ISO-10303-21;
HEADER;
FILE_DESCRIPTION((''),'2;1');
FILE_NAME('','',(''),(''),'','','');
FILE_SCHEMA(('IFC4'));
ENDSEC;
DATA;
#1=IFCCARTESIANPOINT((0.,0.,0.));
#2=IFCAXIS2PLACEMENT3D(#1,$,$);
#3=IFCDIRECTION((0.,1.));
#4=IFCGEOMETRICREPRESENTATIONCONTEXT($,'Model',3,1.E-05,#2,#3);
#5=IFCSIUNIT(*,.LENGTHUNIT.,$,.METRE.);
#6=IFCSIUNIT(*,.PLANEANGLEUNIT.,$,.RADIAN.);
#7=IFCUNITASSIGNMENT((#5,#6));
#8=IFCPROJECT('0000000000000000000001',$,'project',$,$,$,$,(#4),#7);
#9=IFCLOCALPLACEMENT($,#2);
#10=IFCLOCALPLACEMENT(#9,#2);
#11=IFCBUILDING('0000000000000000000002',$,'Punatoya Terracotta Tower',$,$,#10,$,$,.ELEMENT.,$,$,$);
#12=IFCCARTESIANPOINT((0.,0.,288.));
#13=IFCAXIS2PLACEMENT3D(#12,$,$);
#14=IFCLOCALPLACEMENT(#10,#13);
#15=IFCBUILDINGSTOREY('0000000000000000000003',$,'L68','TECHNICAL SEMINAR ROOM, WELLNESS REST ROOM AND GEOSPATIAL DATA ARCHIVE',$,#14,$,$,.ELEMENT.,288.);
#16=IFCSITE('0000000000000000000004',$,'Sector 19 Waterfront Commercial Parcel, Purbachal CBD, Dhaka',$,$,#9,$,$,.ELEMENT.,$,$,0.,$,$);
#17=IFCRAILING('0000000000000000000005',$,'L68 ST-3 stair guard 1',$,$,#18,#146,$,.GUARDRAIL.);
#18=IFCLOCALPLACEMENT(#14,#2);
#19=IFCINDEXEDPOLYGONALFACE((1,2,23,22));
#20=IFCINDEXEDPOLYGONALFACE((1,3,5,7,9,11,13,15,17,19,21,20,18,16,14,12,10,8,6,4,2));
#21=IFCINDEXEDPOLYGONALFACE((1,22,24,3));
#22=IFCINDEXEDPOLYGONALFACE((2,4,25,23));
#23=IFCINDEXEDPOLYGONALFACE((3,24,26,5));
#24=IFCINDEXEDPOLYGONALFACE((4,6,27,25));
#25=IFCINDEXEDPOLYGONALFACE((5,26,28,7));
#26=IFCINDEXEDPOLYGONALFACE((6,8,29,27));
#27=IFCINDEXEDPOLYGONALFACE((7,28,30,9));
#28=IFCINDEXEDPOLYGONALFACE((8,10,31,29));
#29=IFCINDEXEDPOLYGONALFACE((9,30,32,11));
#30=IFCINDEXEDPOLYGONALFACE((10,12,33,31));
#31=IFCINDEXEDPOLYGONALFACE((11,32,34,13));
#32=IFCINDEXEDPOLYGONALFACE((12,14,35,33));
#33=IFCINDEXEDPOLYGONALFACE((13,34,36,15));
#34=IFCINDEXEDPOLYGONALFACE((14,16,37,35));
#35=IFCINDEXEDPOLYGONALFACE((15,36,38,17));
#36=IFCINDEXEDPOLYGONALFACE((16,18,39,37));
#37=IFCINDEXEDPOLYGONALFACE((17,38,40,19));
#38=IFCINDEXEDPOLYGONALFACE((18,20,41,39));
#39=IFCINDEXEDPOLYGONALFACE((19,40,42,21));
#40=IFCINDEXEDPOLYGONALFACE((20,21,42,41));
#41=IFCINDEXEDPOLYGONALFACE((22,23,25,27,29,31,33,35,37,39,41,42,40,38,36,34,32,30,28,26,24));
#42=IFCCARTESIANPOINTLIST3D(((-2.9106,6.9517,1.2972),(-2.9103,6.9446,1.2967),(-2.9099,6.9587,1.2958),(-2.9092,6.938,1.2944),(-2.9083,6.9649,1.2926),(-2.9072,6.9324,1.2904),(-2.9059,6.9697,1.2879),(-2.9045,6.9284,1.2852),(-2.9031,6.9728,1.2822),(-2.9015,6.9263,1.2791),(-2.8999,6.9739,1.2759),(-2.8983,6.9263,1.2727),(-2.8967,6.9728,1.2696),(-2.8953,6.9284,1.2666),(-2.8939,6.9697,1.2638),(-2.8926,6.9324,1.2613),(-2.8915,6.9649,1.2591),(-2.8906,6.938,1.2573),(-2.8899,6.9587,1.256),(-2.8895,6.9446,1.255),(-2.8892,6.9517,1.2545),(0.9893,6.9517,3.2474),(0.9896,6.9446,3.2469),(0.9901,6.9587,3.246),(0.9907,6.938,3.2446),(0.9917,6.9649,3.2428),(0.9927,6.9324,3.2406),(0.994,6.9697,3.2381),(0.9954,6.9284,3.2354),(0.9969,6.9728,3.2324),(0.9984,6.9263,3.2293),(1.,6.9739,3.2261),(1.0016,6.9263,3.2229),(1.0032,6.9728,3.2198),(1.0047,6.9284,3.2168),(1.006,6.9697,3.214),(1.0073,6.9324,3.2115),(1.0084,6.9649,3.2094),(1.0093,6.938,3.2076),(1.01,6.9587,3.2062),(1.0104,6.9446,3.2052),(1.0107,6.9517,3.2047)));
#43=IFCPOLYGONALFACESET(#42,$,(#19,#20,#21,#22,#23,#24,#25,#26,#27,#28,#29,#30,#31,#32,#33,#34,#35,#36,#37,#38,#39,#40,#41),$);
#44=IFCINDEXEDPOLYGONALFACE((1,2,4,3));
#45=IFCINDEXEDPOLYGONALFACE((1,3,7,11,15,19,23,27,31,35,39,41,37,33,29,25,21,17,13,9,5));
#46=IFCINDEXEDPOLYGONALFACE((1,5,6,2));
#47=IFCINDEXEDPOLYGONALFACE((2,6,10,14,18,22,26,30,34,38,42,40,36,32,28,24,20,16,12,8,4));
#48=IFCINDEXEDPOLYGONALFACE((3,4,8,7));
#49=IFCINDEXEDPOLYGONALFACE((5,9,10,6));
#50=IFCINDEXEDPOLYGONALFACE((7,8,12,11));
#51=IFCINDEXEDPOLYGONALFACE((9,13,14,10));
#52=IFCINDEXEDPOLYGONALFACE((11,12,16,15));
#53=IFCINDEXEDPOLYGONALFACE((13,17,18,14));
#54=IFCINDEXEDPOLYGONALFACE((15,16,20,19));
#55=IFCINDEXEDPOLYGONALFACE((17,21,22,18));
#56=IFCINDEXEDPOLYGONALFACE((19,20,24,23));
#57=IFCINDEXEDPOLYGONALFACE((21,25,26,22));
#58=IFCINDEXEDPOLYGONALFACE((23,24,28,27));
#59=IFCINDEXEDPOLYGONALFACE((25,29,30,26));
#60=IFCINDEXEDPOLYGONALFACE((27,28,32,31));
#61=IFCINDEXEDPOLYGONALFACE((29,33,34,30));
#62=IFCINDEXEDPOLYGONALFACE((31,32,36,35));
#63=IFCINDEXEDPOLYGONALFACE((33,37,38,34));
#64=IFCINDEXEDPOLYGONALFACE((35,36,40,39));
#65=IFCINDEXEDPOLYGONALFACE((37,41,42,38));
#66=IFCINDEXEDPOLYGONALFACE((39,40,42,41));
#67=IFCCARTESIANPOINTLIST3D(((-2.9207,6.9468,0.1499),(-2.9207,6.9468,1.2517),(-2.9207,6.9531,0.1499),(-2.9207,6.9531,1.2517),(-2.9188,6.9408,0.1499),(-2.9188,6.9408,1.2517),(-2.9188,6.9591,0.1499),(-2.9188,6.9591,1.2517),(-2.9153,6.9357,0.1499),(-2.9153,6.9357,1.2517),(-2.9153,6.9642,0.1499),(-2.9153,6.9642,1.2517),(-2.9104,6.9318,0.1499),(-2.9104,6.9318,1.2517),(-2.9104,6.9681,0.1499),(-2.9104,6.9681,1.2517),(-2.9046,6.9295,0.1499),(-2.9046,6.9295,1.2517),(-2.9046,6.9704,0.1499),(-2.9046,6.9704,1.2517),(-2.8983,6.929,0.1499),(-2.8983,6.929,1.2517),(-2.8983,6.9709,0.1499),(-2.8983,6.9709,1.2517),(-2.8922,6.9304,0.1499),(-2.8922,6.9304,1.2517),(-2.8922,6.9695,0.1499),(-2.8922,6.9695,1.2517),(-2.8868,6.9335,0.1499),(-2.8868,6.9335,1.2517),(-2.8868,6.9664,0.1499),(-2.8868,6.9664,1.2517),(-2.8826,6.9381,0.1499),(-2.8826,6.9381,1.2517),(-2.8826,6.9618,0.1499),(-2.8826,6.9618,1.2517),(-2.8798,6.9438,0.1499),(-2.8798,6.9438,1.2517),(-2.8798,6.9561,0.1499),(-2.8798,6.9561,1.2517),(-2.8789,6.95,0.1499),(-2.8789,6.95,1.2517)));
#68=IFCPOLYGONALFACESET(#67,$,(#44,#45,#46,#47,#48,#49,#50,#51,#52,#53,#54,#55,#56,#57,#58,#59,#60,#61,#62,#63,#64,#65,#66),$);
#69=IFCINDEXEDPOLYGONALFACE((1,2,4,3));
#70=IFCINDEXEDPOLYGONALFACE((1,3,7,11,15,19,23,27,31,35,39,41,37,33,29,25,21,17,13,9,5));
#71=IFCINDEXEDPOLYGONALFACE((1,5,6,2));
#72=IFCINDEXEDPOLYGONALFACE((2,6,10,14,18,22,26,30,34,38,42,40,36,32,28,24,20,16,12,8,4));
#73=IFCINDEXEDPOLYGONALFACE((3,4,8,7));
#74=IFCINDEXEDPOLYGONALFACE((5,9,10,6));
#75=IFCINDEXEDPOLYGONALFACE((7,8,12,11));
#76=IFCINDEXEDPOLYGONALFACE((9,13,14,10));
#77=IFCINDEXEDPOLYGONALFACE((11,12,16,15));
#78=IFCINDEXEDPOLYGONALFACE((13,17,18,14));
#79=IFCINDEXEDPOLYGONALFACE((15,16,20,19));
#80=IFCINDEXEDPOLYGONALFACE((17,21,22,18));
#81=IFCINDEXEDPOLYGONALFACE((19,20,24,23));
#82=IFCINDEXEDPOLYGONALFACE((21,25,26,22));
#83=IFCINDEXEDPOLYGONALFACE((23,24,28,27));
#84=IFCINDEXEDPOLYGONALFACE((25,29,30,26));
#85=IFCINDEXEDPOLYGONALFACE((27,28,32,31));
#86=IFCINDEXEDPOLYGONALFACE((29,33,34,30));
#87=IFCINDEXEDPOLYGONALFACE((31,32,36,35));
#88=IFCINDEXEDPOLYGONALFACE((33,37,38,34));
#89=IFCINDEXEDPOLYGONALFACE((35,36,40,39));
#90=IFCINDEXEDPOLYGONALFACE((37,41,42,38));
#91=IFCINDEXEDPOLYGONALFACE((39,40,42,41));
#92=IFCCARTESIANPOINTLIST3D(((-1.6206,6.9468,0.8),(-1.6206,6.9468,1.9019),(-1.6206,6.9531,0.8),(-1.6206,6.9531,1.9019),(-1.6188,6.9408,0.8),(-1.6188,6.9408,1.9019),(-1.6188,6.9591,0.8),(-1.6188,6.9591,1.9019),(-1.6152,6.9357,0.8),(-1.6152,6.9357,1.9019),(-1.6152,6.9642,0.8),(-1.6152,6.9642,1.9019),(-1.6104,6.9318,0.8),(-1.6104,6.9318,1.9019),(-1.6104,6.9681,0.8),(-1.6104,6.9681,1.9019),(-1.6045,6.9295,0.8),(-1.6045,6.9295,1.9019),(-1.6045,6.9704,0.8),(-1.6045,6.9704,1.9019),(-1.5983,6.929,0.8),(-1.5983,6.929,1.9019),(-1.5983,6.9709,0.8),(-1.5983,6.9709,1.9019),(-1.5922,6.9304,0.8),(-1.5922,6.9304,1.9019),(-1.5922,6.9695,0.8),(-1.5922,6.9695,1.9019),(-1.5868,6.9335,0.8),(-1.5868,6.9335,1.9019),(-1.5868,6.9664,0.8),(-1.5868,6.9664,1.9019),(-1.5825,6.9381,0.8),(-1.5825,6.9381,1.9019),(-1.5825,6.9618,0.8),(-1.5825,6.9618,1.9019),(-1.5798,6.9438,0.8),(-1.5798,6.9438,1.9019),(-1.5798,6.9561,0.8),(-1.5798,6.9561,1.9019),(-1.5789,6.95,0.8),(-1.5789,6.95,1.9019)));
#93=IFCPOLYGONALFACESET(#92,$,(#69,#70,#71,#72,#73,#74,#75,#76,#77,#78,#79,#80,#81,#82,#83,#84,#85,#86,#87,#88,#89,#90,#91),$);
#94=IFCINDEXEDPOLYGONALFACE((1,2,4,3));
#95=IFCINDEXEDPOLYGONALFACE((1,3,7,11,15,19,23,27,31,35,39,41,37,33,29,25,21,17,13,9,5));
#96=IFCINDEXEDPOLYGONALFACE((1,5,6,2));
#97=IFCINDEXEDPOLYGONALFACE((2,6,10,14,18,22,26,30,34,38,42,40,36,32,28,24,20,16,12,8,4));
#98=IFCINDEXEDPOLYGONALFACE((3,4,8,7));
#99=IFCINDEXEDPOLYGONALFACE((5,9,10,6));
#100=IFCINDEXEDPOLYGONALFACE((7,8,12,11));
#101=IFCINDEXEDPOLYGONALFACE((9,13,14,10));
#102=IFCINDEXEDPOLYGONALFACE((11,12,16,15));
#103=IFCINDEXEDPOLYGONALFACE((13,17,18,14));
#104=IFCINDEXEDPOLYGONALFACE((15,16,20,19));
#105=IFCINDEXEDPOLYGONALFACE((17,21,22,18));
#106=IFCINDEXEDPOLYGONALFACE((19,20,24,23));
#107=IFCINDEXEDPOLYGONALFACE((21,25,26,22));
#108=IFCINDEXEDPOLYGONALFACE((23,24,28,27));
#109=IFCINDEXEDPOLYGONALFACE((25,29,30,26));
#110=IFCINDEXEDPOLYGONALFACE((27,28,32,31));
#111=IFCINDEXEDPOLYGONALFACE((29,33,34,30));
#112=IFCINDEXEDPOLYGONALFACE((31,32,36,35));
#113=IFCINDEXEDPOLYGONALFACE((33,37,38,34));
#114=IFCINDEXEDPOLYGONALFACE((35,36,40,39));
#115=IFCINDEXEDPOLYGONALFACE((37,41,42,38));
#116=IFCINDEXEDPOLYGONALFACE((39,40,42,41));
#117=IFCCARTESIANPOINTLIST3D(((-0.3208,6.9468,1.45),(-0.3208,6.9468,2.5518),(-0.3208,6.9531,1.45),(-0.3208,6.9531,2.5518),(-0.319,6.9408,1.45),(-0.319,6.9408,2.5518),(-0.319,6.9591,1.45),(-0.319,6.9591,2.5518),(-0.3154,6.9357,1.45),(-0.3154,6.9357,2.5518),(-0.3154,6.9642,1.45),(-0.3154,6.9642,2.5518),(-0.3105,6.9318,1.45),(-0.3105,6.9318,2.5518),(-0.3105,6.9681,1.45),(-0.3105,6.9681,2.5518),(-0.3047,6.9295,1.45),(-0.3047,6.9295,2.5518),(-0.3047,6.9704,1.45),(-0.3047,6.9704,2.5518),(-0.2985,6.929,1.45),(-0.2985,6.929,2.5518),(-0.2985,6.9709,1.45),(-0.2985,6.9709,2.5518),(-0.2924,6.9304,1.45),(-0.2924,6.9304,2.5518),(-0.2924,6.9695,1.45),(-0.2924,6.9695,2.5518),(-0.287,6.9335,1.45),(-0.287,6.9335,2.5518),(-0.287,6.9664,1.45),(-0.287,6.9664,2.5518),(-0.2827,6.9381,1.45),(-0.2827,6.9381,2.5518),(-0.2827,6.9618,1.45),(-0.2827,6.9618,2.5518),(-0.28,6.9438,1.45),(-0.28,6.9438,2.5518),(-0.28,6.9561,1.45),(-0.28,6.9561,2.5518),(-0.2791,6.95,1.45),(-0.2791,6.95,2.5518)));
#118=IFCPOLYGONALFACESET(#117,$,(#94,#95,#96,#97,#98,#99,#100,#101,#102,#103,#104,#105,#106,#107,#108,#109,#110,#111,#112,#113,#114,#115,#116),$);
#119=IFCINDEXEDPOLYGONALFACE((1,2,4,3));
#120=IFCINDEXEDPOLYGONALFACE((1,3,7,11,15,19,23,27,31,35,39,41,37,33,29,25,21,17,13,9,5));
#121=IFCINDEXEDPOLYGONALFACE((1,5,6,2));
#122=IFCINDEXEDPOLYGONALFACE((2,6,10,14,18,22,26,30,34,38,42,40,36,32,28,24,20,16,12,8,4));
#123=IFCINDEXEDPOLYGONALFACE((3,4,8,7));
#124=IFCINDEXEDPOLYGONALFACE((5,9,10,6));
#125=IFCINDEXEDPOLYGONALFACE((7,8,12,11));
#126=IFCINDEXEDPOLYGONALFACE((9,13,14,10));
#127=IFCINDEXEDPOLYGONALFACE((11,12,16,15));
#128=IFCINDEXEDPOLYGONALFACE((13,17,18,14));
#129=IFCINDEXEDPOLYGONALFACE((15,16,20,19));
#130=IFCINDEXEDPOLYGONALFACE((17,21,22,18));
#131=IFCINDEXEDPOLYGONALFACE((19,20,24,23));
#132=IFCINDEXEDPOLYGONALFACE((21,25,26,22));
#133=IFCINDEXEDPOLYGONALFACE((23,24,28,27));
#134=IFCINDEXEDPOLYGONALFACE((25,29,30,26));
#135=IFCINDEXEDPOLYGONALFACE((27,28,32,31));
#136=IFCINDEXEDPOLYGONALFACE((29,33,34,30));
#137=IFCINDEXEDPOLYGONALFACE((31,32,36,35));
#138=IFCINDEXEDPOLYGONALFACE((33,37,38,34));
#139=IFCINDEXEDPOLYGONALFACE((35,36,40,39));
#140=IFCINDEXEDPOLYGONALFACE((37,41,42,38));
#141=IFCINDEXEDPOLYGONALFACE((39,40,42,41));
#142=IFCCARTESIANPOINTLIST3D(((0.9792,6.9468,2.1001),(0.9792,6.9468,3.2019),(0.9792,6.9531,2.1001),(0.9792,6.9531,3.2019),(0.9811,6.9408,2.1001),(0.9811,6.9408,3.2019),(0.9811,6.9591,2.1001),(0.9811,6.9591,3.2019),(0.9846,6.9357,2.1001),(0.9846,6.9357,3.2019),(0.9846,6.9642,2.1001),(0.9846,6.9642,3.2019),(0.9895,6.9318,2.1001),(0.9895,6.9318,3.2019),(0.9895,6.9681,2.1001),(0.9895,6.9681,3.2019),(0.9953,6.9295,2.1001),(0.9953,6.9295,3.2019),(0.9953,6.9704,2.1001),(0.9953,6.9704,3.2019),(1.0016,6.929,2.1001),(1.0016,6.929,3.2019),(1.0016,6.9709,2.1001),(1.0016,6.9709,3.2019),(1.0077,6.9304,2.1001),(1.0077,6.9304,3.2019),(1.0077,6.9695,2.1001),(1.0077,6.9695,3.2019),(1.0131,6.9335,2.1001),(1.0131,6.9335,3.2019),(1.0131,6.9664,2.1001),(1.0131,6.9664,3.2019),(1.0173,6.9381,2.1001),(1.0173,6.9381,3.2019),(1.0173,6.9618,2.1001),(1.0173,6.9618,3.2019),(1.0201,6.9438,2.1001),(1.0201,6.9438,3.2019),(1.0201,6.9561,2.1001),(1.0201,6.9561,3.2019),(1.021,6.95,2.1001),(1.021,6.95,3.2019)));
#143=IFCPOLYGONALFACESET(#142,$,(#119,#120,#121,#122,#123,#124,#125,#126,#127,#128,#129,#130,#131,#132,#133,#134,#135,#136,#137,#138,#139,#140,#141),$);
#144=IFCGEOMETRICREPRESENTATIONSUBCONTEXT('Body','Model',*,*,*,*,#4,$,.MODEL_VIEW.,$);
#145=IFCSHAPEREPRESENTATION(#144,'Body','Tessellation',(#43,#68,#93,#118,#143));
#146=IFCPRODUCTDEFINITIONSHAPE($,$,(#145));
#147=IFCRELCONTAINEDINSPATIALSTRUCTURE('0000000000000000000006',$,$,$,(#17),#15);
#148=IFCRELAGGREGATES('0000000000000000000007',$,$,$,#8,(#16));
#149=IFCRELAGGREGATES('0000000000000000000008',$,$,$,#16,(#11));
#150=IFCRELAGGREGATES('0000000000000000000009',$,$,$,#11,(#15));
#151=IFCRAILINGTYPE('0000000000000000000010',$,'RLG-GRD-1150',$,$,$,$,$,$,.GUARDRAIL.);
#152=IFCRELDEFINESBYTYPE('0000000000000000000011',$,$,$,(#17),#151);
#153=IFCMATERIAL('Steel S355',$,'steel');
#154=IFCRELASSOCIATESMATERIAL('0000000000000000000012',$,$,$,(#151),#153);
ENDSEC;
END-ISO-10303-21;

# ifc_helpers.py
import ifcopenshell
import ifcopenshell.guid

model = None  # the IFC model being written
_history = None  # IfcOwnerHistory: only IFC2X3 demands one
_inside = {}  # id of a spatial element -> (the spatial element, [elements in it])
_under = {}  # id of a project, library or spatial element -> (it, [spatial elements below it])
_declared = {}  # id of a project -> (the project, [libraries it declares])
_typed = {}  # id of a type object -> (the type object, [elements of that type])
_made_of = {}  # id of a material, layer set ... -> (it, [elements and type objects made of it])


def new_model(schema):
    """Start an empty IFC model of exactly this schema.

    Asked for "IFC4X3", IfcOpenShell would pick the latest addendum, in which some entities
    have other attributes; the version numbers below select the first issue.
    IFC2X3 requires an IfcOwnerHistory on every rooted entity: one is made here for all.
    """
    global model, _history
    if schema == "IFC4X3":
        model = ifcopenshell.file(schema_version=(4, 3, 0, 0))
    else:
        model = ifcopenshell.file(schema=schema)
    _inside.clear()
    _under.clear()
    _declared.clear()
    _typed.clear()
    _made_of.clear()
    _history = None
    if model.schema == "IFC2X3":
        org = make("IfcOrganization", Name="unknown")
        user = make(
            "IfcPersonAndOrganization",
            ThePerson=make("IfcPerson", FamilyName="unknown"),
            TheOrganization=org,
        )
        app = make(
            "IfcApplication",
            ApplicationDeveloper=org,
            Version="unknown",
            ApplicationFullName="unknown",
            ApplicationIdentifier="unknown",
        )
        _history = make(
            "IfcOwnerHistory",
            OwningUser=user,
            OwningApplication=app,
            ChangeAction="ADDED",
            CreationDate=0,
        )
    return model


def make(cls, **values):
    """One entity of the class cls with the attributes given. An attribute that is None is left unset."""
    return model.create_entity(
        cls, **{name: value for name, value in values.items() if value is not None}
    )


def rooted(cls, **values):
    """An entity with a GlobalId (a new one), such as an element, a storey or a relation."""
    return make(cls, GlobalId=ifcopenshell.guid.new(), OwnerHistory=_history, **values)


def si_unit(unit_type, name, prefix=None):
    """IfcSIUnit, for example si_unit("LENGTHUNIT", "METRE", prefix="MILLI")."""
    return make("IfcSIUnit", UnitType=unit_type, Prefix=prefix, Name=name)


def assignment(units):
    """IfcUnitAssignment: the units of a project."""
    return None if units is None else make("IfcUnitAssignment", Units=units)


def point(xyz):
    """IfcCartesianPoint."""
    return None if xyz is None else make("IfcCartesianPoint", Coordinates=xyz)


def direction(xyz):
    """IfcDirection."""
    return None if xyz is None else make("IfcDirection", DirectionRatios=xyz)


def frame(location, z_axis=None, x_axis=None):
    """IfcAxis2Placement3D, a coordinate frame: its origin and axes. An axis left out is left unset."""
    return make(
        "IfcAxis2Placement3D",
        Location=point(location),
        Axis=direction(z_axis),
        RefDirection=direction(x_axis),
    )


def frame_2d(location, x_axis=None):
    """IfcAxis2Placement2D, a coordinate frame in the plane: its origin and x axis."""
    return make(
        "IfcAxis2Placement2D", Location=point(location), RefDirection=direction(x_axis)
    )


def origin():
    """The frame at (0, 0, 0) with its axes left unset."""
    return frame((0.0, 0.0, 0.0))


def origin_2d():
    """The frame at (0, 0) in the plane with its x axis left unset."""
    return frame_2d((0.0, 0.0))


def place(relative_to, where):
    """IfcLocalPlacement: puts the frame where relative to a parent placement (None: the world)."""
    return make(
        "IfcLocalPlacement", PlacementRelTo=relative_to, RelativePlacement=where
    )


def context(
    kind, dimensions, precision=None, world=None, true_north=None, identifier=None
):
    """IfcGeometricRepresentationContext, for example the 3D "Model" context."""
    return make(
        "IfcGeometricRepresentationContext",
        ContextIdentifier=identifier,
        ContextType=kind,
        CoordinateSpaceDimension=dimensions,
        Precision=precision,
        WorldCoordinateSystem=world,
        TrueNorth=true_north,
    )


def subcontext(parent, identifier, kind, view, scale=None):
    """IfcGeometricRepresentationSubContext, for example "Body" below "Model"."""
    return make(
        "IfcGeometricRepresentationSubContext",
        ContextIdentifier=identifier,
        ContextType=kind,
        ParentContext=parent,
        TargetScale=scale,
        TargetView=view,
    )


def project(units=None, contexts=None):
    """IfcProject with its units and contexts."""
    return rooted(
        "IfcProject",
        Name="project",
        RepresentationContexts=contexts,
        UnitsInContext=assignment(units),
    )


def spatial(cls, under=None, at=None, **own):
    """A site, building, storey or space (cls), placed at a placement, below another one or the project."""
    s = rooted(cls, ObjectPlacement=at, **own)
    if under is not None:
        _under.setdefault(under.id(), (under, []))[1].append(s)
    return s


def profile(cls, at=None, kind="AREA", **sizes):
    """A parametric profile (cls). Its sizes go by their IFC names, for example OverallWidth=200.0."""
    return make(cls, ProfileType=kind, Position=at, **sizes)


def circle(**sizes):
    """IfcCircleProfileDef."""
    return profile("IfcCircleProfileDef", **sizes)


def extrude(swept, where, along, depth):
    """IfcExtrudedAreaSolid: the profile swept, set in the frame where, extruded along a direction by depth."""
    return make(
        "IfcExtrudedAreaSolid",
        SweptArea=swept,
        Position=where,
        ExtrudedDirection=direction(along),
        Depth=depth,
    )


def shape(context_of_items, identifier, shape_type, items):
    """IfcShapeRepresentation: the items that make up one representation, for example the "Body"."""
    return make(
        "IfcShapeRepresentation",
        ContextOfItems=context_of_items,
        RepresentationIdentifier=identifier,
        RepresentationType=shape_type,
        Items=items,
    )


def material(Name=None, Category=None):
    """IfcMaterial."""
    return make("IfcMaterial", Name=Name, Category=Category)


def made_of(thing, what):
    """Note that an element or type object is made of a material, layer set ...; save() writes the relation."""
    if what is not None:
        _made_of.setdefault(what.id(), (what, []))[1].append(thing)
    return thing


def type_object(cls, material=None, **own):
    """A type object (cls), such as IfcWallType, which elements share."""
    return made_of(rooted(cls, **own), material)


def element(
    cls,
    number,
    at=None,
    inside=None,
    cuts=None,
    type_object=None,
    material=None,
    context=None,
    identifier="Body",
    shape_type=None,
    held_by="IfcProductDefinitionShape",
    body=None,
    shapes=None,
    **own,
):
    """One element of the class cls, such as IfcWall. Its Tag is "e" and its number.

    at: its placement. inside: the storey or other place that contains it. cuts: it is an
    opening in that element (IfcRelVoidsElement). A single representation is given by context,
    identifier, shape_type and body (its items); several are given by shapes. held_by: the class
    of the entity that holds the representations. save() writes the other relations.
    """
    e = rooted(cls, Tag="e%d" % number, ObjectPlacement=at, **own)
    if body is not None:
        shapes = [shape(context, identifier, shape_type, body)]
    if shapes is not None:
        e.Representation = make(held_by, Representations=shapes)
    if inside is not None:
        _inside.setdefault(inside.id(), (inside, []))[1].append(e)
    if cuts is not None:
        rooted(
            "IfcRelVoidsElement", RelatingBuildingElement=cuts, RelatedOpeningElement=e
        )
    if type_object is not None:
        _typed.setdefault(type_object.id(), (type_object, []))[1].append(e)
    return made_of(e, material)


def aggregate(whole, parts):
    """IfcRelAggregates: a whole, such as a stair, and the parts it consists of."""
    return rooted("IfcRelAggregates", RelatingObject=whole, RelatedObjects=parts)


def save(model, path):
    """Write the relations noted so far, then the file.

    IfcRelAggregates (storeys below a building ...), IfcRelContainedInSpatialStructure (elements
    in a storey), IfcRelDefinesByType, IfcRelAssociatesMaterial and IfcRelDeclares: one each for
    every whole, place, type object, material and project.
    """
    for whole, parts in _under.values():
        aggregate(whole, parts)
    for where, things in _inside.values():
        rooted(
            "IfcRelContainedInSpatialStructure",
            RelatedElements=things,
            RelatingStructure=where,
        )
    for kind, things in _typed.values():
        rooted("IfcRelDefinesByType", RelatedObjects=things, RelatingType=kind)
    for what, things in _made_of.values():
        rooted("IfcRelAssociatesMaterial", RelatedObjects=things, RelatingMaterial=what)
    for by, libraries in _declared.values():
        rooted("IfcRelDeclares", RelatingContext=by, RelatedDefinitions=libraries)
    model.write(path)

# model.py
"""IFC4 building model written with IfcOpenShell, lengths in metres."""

from ifc_helpers import new_model, si_unit, direction, frame, origin, origin_2d, place, context, subcontext, project, spatial, circle, extrude, material, type_object, element, save


model = new_model("IFC4")

# Units and contexts
model_context = context("Model", 3, precision=1e-05, world=origin(), true_north=direction((0.0, 1.0)))
body_context = subcontext(model_context, "Body", "Model", "MODEL_VIEW")
ifc_project = project(units=[si_unit("LENGTHUNIT", "METRE"), si_unit("PLANEANGLEUNIT", "RADIAN")], contexts=[model_context])

# Site, building, storey
site_placement = place(None, origin())
site = spatial("IfcSite", under=ifc_project, at=site_placement, Name="Sector 19 Waterfront Commercial Parcel, Purbachal CBD, Dhaka", CompositionType="ELEMENT", RefElevation=0.0)
building_placement = place(site_placement, origin())
building = spatial("IfcBuilding", under=site, at=building_placement, Name="Punatoya Terracotta Tower", CompositionType="ELEMENT")
storey_placement = place(building_placement, frame((0.0, 0.0, 288.0)))
storey = spatial("IfcBuildingStorey", under=building, at=storey_placement, Name="L68", Description="TECHNICAL SEMINAR ROOM, WELLNESS REST ROOM AND GEOSPATIAL DATA ARCHIVE", CompositionType="ELEMENT", Elevation=288.0)

# Shared definitions
ifc_material_1 = material(Name="Steel S355", Category="steel")

# Railing
railing_type_1 = type_object("IfcRailingType", Name="RLG-GRD-1150", PredefinedType="GUARDRAIL", material=ifc_material_1)
railing_1_placement = place(storey_placement, frame((-2.8999, 6.95, 0.1499)))
element("IfcRailing", 1, at=railing_1_placement, inside=storey, type_object=railing_type_1, Name="L68 ST-3 stair guard 1", PredefinedType="GUARDRAIL", context=body_context, shape_type="SweptSolid", body=[
    extrude(circle(Radius=0.0239, at=origin_2d()), frame((0.0, 0.0, 1.126), z_axis=(0.894405, 0.0, 0.447258), x_axis=(0.0, 1.0, 0.0)), (0.0, 0.0, 1.0), 4.3604),
    extrude(circle(Radius=0.021, at=origin_2d()), origin(), (0.0, 0.0, 1.0), 1.1018),
    extrude(circle(Radius=0.021, at=origin_2d()), frame((1.3, 0.0, 0.6501)), (0.0, 0.0, 1.0), 1.1018),
    extrude(circle(Radius=0.021, at=origin_2d()), frame((2.5999, 0.0, 1.3)), (0.0, 0.0, 1.0), 1.1018),
    extrude(circle(Radius=0.021, at=origin_2d()), frame((3.8999, 0.0, 1.9502)), (0.0, 0.0, 1.0), 1.1018),
])

save(model, "model.ifc")
